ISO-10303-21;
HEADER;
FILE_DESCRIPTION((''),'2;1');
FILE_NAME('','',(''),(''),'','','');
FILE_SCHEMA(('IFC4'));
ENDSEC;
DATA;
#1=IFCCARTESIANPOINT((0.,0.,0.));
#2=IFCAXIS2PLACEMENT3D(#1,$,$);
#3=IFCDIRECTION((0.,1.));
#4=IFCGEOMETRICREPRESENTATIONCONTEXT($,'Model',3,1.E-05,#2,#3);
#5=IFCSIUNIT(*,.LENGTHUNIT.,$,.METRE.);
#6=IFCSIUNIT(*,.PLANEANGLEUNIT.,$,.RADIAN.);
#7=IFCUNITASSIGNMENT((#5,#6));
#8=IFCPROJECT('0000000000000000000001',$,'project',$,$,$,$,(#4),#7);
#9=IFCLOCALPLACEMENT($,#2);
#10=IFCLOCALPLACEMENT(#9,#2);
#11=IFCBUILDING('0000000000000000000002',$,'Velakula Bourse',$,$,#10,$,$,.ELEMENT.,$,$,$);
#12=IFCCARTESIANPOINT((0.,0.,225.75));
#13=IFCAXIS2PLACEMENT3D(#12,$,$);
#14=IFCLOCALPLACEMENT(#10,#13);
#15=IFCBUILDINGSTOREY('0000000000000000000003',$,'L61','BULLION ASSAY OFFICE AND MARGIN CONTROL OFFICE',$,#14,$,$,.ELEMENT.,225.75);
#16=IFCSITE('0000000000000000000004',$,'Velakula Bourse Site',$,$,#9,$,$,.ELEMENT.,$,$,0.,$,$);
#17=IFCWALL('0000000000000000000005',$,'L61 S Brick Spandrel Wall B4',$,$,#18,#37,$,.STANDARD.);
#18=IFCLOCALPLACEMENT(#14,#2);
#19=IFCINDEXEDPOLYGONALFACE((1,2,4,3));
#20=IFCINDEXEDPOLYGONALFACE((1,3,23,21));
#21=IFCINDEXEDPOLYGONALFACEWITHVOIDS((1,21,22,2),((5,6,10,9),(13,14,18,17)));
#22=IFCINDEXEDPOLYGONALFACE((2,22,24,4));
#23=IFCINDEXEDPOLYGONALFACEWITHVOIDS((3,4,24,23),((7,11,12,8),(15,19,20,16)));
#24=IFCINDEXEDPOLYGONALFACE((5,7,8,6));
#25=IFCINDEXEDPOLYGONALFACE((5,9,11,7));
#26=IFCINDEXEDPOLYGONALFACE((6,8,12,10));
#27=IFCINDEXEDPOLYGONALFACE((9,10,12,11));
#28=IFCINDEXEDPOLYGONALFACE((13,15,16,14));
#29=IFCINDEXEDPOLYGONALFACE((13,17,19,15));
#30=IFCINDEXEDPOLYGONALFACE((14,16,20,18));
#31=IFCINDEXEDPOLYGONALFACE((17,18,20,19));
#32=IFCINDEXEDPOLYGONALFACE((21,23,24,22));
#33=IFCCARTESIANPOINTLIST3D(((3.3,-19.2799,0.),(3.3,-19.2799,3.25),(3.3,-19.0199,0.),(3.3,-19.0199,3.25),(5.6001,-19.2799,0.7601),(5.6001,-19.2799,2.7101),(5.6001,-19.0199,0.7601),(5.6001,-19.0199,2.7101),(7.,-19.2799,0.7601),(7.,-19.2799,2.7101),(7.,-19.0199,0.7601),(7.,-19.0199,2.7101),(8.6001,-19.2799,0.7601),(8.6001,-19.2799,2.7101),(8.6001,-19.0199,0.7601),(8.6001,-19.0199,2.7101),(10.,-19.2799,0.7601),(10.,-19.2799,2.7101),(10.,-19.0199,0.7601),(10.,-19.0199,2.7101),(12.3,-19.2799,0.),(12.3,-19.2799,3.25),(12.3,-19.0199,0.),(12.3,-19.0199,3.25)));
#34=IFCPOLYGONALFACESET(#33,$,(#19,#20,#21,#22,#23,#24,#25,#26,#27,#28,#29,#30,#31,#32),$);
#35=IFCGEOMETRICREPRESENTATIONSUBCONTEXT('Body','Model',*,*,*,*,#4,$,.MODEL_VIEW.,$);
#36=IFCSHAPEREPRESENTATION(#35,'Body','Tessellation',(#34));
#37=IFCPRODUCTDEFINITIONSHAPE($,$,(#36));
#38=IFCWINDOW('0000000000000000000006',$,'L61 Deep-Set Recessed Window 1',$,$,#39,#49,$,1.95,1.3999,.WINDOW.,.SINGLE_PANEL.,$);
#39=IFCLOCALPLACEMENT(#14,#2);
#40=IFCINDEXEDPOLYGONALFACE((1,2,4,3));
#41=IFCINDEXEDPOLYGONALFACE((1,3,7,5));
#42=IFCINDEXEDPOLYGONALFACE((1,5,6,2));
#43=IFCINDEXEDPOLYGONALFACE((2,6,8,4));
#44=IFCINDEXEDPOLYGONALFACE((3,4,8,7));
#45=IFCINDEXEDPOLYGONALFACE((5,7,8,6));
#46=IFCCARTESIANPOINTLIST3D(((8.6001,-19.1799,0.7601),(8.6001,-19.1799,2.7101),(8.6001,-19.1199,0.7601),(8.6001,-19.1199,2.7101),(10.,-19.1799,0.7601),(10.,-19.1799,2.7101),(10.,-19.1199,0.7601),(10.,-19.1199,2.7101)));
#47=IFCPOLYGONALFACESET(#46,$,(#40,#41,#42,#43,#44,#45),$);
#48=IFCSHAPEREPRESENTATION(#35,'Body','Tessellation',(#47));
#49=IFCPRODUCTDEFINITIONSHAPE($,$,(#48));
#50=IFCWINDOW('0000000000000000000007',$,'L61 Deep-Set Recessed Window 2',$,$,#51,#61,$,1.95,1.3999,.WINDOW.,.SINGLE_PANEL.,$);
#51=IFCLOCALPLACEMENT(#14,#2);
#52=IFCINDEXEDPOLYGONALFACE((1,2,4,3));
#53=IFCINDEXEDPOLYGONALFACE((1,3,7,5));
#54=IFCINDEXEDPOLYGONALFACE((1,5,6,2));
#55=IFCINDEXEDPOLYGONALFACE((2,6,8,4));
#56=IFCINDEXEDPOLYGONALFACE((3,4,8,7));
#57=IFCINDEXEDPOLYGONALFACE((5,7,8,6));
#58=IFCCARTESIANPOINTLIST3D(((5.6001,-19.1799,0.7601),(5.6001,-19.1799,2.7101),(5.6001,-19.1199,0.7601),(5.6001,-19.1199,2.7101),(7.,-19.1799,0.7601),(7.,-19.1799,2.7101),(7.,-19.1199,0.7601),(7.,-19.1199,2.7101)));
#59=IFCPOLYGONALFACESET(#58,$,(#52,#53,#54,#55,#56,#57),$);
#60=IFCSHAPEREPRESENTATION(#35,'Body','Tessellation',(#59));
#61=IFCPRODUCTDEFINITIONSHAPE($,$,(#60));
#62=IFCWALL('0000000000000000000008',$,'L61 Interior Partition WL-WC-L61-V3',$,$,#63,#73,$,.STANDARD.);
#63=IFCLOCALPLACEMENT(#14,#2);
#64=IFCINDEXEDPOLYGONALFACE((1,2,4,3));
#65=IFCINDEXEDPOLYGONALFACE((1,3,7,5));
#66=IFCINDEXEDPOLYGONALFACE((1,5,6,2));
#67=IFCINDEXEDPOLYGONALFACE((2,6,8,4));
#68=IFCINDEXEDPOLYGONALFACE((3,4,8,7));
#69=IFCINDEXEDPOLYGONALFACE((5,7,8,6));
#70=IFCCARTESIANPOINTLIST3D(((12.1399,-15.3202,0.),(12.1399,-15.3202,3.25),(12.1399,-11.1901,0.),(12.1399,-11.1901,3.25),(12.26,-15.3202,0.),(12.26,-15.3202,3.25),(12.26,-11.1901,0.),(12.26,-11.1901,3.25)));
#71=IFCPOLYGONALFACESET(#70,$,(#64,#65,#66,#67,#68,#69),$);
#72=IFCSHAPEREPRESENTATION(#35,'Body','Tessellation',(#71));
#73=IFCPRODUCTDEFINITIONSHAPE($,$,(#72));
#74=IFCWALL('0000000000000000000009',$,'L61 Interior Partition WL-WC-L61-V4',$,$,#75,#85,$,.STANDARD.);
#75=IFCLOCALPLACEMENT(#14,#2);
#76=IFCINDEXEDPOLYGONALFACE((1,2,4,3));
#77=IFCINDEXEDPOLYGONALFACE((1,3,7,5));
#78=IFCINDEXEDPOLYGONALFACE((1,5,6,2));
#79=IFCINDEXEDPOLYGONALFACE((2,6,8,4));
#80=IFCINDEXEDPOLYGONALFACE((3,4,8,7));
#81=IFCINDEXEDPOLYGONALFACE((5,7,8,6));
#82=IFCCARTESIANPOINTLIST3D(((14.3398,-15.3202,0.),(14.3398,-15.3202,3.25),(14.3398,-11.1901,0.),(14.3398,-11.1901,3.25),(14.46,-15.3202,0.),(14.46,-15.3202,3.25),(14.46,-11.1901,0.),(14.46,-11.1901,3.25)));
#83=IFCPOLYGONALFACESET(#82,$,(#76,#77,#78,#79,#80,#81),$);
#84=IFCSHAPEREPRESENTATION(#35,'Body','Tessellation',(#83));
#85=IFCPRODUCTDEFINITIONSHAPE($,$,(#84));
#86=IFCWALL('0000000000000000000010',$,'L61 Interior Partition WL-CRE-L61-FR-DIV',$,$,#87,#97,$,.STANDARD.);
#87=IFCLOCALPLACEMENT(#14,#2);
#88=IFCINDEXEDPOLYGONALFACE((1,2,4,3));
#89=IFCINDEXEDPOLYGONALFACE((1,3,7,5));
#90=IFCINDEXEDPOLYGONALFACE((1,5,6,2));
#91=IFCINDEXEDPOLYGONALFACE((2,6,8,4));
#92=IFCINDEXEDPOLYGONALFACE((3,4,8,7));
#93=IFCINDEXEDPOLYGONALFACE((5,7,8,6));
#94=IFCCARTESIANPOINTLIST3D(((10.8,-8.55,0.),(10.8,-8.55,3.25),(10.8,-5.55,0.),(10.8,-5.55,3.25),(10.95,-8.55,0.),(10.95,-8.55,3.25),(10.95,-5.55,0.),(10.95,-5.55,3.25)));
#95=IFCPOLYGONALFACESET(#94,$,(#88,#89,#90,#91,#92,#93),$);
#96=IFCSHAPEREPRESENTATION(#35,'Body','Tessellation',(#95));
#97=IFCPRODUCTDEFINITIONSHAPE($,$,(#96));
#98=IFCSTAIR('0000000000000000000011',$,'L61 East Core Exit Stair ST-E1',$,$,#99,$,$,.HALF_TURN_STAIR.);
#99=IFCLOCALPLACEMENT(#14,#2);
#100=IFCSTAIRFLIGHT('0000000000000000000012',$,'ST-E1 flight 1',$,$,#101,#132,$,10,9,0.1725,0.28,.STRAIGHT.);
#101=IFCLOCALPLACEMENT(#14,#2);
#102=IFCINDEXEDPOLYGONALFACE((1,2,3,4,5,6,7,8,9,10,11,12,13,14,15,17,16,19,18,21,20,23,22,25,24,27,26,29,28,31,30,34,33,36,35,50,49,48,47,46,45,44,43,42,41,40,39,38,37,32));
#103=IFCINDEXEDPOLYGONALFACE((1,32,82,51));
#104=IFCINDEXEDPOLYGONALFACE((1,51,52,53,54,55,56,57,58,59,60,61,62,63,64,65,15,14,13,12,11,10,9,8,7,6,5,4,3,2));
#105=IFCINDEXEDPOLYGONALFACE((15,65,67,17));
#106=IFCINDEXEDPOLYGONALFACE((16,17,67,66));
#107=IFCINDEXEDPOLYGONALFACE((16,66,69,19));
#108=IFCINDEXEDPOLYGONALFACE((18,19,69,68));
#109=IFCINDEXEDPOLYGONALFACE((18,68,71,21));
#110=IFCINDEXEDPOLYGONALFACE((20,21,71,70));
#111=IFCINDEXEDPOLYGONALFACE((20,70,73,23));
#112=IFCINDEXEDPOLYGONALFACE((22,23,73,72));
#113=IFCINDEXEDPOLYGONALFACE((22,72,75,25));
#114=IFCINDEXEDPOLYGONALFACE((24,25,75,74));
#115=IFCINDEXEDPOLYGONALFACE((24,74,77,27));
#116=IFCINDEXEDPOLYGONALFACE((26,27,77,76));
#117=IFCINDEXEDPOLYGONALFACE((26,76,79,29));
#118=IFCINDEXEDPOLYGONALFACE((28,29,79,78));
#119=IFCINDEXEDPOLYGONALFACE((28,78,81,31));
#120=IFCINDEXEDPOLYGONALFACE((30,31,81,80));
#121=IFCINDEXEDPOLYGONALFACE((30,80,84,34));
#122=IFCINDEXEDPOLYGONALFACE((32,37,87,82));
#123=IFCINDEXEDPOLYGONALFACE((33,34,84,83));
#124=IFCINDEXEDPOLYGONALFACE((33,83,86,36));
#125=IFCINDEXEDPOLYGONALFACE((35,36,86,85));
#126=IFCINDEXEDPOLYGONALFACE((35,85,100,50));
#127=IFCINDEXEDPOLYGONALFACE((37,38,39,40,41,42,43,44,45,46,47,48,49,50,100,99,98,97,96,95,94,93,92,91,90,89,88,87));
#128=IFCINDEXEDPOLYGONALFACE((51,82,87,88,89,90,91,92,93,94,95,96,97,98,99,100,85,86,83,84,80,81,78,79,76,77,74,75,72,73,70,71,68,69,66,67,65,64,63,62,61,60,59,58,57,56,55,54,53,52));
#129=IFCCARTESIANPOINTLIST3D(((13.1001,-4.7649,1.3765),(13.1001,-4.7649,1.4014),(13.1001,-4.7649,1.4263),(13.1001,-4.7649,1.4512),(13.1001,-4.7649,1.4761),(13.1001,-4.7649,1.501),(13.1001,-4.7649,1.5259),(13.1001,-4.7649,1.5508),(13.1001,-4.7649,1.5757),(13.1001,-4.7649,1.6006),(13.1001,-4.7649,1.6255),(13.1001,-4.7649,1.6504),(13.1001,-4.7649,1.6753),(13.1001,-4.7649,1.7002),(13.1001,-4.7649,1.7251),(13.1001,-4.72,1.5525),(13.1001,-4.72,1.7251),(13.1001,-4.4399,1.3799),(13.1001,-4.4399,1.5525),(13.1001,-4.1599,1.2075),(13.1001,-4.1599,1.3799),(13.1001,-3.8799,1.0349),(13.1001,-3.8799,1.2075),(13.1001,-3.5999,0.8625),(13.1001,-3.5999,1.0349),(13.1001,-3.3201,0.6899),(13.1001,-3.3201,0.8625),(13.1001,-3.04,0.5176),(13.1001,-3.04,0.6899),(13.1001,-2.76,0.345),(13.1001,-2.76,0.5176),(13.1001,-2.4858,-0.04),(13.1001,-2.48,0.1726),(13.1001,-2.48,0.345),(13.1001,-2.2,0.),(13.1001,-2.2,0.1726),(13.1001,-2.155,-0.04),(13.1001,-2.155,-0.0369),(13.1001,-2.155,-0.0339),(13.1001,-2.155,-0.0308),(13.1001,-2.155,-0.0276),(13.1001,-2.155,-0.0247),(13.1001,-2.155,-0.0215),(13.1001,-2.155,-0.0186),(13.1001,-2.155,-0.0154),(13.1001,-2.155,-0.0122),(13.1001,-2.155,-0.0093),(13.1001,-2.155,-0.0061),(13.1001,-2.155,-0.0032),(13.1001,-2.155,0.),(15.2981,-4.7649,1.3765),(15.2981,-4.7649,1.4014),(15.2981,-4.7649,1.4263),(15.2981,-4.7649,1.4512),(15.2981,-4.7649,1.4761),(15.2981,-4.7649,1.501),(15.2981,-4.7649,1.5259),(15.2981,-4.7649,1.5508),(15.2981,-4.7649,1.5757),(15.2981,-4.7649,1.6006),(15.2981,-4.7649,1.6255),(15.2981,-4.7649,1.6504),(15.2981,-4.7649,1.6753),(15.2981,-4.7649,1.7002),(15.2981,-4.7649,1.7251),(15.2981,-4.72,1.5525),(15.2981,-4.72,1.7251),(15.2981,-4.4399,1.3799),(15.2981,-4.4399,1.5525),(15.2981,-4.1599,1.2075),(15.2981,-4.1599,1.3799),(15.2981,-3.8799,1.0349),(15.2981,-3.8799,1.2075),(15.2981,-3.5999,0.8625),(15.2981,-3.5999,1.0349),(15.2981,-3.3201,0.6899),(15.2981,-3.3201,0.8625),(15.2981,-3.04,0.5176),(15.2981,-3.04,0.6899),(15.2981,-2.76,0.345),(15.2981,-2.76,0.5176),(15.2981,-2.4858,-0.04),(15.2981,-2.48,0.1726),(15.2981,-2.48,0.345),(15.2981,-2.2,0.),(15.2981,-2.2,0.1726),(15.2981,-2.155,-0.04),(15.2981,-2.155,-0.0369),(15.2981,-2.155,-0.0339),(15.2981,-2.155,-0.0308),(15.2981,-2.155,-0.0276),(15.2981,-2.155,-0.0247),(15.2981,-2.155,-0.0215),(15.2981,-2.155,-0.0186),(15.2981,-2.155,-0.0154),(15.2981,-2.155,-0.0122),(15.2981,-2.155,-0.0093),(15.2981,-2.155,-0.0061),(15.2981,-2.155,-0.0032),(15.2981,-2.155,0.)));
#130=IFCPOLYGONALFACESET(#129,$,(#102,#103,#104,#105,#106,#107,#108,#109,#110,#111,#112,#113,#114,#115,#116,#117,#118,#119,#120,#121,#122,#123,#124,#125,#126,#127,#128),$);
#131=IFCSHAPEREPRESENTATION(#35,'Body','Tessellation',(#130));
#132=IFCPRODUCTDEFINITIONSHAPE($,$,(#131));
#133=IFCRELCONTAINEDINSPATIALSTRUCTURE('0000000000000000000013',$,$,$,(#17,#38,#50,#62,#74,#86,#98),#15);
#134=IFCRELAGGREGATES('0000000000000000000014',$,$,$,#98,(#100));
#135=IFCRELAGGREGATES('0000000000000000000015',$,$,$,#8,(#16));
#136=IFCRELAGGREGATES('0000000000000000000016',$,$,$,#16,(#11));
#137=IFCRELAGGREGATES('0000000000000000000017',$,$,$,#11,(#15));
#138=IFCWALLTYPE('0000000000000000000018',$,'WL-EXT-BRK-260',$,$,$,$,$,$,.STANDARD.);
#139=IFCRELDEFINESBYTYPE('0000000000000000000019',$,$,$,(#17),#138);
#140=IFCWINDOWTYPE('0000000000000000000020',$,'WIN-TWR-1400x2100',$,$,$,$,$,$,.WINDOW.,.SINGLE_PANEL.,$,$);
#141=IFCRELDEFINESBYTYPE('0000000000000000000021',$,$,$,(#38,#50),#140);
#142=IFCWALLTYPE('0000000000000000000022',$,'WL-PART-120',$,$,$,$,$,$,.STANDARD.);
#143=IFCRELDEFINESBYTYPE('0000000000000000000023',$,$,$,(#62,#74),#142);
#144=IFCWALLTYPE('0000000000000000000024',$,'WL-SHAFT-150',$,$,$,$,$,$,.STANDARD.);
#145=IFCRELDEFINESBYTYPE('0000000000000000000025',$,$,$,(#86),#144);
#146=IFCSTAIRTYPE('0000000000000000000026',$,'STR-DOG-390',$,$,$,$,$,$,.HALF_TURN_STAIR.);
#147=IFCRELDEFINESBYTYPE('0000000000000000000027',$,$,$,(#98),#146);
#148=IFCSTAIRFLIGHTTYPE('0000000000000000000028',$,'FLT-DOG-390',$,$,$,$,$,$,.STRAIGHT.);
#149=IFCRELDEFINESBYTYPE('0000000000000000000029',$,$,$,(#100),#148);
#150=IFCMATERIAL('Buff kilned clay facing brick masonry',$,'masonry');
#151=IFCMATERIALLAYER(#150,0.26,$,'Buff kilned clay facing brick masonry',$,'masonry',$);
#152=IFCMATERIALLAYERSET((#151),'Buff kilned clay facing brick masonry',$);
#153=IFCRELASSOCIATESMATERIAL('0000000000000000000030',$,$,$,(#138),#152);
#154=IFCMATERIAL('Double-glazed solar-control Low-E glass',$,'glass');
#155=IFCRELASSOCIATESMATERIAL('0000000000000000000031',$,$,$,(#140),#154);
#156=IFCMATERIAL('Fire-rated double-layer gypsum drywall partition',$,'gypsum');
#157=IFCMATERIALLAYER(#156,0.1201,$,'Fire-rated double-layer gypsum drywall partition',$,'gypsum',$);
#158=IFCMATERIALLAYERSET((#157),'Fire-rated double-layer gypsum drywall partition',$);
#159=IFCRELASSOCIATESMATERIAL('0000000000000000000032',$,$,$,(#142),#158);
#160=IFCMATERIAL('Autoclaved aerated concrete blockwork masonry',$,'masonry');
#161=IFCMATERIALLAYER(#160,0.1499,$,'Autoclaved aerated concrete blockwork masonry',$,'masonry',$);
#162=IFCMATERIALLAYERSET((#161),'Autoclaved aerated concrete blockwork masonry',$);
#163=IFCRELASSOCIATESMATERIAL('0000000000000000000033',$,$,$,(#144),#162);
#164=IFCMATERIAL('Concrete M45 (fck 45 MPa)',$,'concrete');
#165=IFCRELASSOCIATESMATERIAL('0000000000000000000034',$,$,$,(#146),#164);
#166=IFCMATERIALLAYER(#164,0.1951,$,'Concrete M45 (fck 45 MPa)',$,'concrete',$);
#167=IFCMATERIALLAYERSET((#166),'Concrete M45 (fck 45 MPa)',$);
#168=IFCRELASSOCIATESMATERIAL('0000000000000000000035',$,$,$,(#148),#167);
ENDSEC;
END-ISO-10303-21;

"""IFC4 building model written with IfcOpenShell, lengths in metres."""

from ifc_helpers import new_model, si_unit, direction, frame, frame_2d, origin, place, context, subcontext, project, spatial, polyline, rectangle, outline, extrude, material, layer, layer_set, type_object, element, fill, aggregate, save


model = new_model("IFC4")

# Units and contexts
model_context = context("Model", 3, precision=1e-05, world=origin(), true_north=direction((0.0, 1.0)))
body_context = subcontext(model_context, "Body", "Model", "MODEL_VIEW")
ifc_project = project(units=[si_unit("LENGTHUNIT", "METRE"), si_unit("PLANEANGLEUNIT", "RADIAN")], contexts=[model_context])

# Site, building, storey
site_placement = place(None, origin())
site = spatial("IfcSite", under=ifc_project, at=site_placement, Name="Velakula Bourse Site", CompositionType="ELEMENT", RefElevation=0.0)
building_placement = place(site_placement, origin())
building = spatial("IfcBuilding", under=site, at=building_placement, Name="Velakula Bourse", CompositionType="ELEMENT")
storey_placement = place(building_placement, frame((0.0, 0.0, 225.75)))
storey = spatial("IfcBuildingStorey", under=building, at=storey_placement, Name="L61", Description="BULLION ASSAY OFFICE AND MARGIN CONTROL OFFICE", CompositionType="ELEMENT", Elevation=225.75)

# Wall, openings, windows
ifc_material_1 = material(Name="Buff kilned clay facing brick masonry", Category="masonry")
ifc_layer_1 = layer(ifc_material_1, 0.26, Name="Buff kilned clay facing brick masonry", Category="masonry")
ifc_layer_set_1 = layer_set([ifc_layer_1], Name="Buff kilned clay facing brick masonry")
wall_type_1 = type_object("IfcWallType", Name="WL-EXT-BRK-260", PredefinedType="STANDARD", material=ifc_layer_set_1)
wall_1_placement = place(storey_placement, frame((12.3, -19.1499, 0.0), z_axis=(0.0, 0.0, 1.0), x_axis=(-1.0, 0.0, 0.0)))
wall_1 = element("IfcWall", 1, at=wall_1_placement, inside=storey, type_object=wall_type_1, Name="L61 S Brick Spandrel Wall B4", PredefinedType="STANDARD", context=body_context, shape_type="SweptSolid", body=[
    extrude(rectangle(XDim=9.0, YDim=0.26, at=frame_2d((4.5, 0.0))), origin(), (0.0, 0.0, 1.0), 3.25),
])
opening_1_placement = place(wall_1_placement, frame((2.3, 0.0, 0.76)))
opening_1 = element("IfcOpeningElement", 2, at=opening_1_placement, cuts=wall_1, PredefinedType="OPENING", context=body_context, shape_type="SweptSolid", body=[
    extrude(rectangle(XDim=1.3999, YDim=1.95, at=frame_2d((0.7, 0.9751))), frame((0.0, 0.1399, 0.0), z_axis=(0.0, -1.0, 0.0), x_axis=(1.0, 0.0, 0.0)), (0.0, 0.0, 1.0), 0.28),
])
opening_2_placement = place(wall_1_placement, frame((5.3, 0.0, 0.76)))
opening_2 = element("IfcOpeningElement", 3, at=opening_2_placement, cuts=wall_1, PredefinedType="OPENING", context=body_context, shape_type="SweptSolid", body=[
    extrude(rectangle(XDim=1.3999, YDim=1.95, at=frame_2d((0.7, 0.9751))), frame((0.0, 0.1399, 0.0), z_axis=(0.0, -1.0, 0.0), x_axis=(1.0, 0.0, 0.0)), (0.0, 0.0, 1.0), 0.28),
])
ifc_material_2 = material(Name="Double-glazed solar-control Low-E glass", Category="glass")
window_type = type_object("IfcWindowType", Name="WIN-TWR-1400x2100", PartitioningType="SINGLE_PANEL", PredefinedType="WINDOW", material=ifc_material_2)
window_1_placement = place(opening_1_placement, origin())
window_1 = element("IfcWindow", 4, at=window_1_placement, inside=storey, type_object=window_type, Name="L61 Deep-Set Recessed Window 1", OverallHeight=1.95, OverallWidth=1.3999, PartitioningType="SINGLE_PANEL", PredefinedType="WINDOW", context=body_context, shape_type="SweptSolid", body=[
    extrude(rectangle(XDim=1.3999, YDim=1.95, at=frame_2d((0.7, 0.9751))), frame((0.0, 0.03, 0.0), z_axis=(0.0, -1.0, 0.0), x_axis=(1.0, 0.0, 0.0)), (0.0, 0.0, 1.0), 0.0601),
])
fill(opening_1, window_1)
window_2_placement = place(opening_2_placement, origin())
window_2 = element("IfcWindow", 5, at=window_2_placement, inside=storey, type_object=window_type, Name="L61 Deep-Set Recessed Window 2", OverallHeight=1.95, OverallWidth=1.3999, PartitioningType="SINGLE_PANEL", PredefinedType="WINDOW", context=body_context, shape_type="SweptSolid", body=[
    extrude(rectangle(XDim=1.3999, YDim=1.95, at=frame_2d((0.7, 0.9751))), frame((0.0, 0.03, 0.0), z_axis=(0.0, -1.0, 0.0), x_axis=(1.0, 0.0, 0.0)), (0.0, 0.0, 1.0), 0.0601),
])
fill(opening_2, window_2)

# Walls
ifc_material_3 = material(Name="Fire-rated double-layer gypsum drywall partition", Category="gypsum")
ifc_layer_2 = layer(ifc_material_3, 0.1201, Name="Fire-rated double-layer gypsum drywall partition", Category="gypsum")
ifc_layer_set_2 = layer_set([ifc_layer_2], Name="Fire-rated double-layer gypsum drywall partition")
wall_type_2 = type_object("IfcWallType", Name="WL-PART-120", PredefinedType="STANDARD", material=ifc_layer_set_2)
for number, where, z_axis, x_axis, name in (
    (6, (12.2, -15.3201, 0.0), (0.0, 0.0, 1.0), (0.0, 1.0, 0.0), "L61 Interior Partition WL-WC-L61-V3"),
    (7, (14.3999, -15.3201, 0.0), (0.0, 0.0, 1.0), (0.0, 1.0, 0.0), "L61 Interior Partition WL-WC-L61-V4"),
):
    element("IfcWall", number, at=place(storey_placement, frame(where, z_axis=z_axis, x_axis=x_axis)), inside=storey, type_object=wall_type_2, Name=name, PredefinedType="STANDARD", context=body_context, shape_type="SweptSolid", body=[
        extrude(rectangle(XDim=4.1301, YDim=0.1201, at=frame_2d((2.0649, 0.0))), origin(), (0.0, 0.0, 1.0), 3.25),
    ])

# Shared definitions
ifc_material_4 = material(Name="Autoclaved aerated concrete blockwork masonry", Category="masonry")
ifc_layer_3 = layer(ifc_material_4, 0.1499, Name="Autoclaved aerated concrete blockwork masonry", Category="masonry")
ifc_layer_set_3 = layer_set([ifc_layer_3], Name="Autoclaved aerated concrete blockwork masonry")
wall_type_3 = type_object("IfcWallType", Name="WL-SHAFT-150", PredefinedType="STANDARD", material=ifc_layer_set_3)

# Wall
wall_2_placement = place(storey_placement, frame((10.875, -8.55, 0.0), z_axis=(0.0, 0.0, 1.0), x_axis=(0.0, 1.0, 0.0)))
element("IfcWall", 8, at=wall_2_placement, inside=storey, type_object=wall_type_3, Name="L61 Interior Partition WL-CRE-L61-FR-DIV", PredefinedType="STANDARD", context=body_context, shape_type="SweptSolid", body=[
    extrude(rectangle(XDim=3.0, YDim=0.1499, at=frame_2d((1.5, 0.0))), origin(), (0.0, 0.0, 1.0), 3.25),
])

# Stair, stair flight
ifc_material_5 = material(Name="Concrete M45 (fck 45 MPa)", Category="concrete")
stair_type = type_object("IfcStairType", Name="STR-DOG-390", PredefinedType="HALF_TURN_STAIR", material=ifc_material_5)
stair_placement = place(storey_placement, origin())
stair = element("IfcStair", 9, at=stair_placement, inside=storey, type_object=stair_type, Name="L61 East Core Exit Stair ST-E1", PredefinedType="HALF_TURN_STAIR")
ifc_layer_4 = layer(ifc_material_5, 0.1951, Name="Concrete M45 (fck 45 MPa)", Category="concrete")
ifc_layer_set_4 = layer_set([ifc_layer_4], Name="Concrete M45 (fck 45 MPa)")
stair_flight_type = type_object("IfcStairFlightType", Name="FLT-DOG-390", PredefinedType="STRAIGHT", material=ifc_layer_set_4)
stair_flight_1_placement = place(storey_placement, frame((14.199, -2.2, 0.0), z_axis=(0.0, 0.0, 1.0), x_axis=(0.0, -1.0, 0.0)))
stair_flight_1 = element("IfcStairFlight", 10, at=stair_flight_1_placement, type_object=stair_flight_type, Name="ST-E1 flight 1", NumberOfRisers=10, NumberOfTreads=9, PredefinedType="STRAIGHT", RiserHeight=0.1725, TreadLength=0.28, context=body_context, shape_type="SweptSolid", body=[
    extrude(outline(polyline([(-0.0449, -0.04), (-0.0449, -0.0369), (-0.0449, -0.0339), (-0.0449, -0.0308), (-0.0449, -0.0276), (-0.0449, -0.0247), (-0.0449, -0.0215), (-0.0449, -0.0186), (-0.0449, -0.0154), (-0.0449, -0.0122), (-0.0449, -0.0093), (-0.0449, -0.0061), (-0.0449, -0.0032), (-0.0449, 0.0), (0.0, 0.0), (0.0, 0.1726), (0.28, 0.1726), (0.28, 0.345), (0.5601, 0.345), (0.5601, 0.5176), (0.8401, 0.5176), (0.8401, 0.6899), (1.1201, 0.6899), (1.1201, 0.8625), (1.3999, 0.8625), (1.3999, 1.0349), (1.6799, 1.0349), (1.6799, 1.2075), (1.96, 1.2075), (1.96, 1.3799), (2.24, 1.3799), (2.24, 1.5525), (2.52, 1.5525), (2.52, 1.7251), (2.5649, 1.7251), (2.5649, 1.7002), (2.5649, 1.6753), (2.5649, 1.6504), (2.5649, 1.6255), (2.5649, 1.6006), (2.5649, 1.5757), (2.5649, 1.5508), (2.5649, 1.5259), (2.5649, 1.501), (2.5649, 1.4761), (2.5649, 1.4512), (2.5649, 1.4263), (2.5649, 1.4014), (2.5649, 1.3765), (0.2859, -0.04), (-0.0449, -0.04)])), frame((0.0, 1.0991, 0.0), z_axis=(0.0, -1.0, 0.0), x_axis=(1.0, 0.0, 0.0)), (0.0, 0.0, 1.0), 2.198),
])
aggregate(stair, [stair_flight_1])

save(model, "model.ifc")
